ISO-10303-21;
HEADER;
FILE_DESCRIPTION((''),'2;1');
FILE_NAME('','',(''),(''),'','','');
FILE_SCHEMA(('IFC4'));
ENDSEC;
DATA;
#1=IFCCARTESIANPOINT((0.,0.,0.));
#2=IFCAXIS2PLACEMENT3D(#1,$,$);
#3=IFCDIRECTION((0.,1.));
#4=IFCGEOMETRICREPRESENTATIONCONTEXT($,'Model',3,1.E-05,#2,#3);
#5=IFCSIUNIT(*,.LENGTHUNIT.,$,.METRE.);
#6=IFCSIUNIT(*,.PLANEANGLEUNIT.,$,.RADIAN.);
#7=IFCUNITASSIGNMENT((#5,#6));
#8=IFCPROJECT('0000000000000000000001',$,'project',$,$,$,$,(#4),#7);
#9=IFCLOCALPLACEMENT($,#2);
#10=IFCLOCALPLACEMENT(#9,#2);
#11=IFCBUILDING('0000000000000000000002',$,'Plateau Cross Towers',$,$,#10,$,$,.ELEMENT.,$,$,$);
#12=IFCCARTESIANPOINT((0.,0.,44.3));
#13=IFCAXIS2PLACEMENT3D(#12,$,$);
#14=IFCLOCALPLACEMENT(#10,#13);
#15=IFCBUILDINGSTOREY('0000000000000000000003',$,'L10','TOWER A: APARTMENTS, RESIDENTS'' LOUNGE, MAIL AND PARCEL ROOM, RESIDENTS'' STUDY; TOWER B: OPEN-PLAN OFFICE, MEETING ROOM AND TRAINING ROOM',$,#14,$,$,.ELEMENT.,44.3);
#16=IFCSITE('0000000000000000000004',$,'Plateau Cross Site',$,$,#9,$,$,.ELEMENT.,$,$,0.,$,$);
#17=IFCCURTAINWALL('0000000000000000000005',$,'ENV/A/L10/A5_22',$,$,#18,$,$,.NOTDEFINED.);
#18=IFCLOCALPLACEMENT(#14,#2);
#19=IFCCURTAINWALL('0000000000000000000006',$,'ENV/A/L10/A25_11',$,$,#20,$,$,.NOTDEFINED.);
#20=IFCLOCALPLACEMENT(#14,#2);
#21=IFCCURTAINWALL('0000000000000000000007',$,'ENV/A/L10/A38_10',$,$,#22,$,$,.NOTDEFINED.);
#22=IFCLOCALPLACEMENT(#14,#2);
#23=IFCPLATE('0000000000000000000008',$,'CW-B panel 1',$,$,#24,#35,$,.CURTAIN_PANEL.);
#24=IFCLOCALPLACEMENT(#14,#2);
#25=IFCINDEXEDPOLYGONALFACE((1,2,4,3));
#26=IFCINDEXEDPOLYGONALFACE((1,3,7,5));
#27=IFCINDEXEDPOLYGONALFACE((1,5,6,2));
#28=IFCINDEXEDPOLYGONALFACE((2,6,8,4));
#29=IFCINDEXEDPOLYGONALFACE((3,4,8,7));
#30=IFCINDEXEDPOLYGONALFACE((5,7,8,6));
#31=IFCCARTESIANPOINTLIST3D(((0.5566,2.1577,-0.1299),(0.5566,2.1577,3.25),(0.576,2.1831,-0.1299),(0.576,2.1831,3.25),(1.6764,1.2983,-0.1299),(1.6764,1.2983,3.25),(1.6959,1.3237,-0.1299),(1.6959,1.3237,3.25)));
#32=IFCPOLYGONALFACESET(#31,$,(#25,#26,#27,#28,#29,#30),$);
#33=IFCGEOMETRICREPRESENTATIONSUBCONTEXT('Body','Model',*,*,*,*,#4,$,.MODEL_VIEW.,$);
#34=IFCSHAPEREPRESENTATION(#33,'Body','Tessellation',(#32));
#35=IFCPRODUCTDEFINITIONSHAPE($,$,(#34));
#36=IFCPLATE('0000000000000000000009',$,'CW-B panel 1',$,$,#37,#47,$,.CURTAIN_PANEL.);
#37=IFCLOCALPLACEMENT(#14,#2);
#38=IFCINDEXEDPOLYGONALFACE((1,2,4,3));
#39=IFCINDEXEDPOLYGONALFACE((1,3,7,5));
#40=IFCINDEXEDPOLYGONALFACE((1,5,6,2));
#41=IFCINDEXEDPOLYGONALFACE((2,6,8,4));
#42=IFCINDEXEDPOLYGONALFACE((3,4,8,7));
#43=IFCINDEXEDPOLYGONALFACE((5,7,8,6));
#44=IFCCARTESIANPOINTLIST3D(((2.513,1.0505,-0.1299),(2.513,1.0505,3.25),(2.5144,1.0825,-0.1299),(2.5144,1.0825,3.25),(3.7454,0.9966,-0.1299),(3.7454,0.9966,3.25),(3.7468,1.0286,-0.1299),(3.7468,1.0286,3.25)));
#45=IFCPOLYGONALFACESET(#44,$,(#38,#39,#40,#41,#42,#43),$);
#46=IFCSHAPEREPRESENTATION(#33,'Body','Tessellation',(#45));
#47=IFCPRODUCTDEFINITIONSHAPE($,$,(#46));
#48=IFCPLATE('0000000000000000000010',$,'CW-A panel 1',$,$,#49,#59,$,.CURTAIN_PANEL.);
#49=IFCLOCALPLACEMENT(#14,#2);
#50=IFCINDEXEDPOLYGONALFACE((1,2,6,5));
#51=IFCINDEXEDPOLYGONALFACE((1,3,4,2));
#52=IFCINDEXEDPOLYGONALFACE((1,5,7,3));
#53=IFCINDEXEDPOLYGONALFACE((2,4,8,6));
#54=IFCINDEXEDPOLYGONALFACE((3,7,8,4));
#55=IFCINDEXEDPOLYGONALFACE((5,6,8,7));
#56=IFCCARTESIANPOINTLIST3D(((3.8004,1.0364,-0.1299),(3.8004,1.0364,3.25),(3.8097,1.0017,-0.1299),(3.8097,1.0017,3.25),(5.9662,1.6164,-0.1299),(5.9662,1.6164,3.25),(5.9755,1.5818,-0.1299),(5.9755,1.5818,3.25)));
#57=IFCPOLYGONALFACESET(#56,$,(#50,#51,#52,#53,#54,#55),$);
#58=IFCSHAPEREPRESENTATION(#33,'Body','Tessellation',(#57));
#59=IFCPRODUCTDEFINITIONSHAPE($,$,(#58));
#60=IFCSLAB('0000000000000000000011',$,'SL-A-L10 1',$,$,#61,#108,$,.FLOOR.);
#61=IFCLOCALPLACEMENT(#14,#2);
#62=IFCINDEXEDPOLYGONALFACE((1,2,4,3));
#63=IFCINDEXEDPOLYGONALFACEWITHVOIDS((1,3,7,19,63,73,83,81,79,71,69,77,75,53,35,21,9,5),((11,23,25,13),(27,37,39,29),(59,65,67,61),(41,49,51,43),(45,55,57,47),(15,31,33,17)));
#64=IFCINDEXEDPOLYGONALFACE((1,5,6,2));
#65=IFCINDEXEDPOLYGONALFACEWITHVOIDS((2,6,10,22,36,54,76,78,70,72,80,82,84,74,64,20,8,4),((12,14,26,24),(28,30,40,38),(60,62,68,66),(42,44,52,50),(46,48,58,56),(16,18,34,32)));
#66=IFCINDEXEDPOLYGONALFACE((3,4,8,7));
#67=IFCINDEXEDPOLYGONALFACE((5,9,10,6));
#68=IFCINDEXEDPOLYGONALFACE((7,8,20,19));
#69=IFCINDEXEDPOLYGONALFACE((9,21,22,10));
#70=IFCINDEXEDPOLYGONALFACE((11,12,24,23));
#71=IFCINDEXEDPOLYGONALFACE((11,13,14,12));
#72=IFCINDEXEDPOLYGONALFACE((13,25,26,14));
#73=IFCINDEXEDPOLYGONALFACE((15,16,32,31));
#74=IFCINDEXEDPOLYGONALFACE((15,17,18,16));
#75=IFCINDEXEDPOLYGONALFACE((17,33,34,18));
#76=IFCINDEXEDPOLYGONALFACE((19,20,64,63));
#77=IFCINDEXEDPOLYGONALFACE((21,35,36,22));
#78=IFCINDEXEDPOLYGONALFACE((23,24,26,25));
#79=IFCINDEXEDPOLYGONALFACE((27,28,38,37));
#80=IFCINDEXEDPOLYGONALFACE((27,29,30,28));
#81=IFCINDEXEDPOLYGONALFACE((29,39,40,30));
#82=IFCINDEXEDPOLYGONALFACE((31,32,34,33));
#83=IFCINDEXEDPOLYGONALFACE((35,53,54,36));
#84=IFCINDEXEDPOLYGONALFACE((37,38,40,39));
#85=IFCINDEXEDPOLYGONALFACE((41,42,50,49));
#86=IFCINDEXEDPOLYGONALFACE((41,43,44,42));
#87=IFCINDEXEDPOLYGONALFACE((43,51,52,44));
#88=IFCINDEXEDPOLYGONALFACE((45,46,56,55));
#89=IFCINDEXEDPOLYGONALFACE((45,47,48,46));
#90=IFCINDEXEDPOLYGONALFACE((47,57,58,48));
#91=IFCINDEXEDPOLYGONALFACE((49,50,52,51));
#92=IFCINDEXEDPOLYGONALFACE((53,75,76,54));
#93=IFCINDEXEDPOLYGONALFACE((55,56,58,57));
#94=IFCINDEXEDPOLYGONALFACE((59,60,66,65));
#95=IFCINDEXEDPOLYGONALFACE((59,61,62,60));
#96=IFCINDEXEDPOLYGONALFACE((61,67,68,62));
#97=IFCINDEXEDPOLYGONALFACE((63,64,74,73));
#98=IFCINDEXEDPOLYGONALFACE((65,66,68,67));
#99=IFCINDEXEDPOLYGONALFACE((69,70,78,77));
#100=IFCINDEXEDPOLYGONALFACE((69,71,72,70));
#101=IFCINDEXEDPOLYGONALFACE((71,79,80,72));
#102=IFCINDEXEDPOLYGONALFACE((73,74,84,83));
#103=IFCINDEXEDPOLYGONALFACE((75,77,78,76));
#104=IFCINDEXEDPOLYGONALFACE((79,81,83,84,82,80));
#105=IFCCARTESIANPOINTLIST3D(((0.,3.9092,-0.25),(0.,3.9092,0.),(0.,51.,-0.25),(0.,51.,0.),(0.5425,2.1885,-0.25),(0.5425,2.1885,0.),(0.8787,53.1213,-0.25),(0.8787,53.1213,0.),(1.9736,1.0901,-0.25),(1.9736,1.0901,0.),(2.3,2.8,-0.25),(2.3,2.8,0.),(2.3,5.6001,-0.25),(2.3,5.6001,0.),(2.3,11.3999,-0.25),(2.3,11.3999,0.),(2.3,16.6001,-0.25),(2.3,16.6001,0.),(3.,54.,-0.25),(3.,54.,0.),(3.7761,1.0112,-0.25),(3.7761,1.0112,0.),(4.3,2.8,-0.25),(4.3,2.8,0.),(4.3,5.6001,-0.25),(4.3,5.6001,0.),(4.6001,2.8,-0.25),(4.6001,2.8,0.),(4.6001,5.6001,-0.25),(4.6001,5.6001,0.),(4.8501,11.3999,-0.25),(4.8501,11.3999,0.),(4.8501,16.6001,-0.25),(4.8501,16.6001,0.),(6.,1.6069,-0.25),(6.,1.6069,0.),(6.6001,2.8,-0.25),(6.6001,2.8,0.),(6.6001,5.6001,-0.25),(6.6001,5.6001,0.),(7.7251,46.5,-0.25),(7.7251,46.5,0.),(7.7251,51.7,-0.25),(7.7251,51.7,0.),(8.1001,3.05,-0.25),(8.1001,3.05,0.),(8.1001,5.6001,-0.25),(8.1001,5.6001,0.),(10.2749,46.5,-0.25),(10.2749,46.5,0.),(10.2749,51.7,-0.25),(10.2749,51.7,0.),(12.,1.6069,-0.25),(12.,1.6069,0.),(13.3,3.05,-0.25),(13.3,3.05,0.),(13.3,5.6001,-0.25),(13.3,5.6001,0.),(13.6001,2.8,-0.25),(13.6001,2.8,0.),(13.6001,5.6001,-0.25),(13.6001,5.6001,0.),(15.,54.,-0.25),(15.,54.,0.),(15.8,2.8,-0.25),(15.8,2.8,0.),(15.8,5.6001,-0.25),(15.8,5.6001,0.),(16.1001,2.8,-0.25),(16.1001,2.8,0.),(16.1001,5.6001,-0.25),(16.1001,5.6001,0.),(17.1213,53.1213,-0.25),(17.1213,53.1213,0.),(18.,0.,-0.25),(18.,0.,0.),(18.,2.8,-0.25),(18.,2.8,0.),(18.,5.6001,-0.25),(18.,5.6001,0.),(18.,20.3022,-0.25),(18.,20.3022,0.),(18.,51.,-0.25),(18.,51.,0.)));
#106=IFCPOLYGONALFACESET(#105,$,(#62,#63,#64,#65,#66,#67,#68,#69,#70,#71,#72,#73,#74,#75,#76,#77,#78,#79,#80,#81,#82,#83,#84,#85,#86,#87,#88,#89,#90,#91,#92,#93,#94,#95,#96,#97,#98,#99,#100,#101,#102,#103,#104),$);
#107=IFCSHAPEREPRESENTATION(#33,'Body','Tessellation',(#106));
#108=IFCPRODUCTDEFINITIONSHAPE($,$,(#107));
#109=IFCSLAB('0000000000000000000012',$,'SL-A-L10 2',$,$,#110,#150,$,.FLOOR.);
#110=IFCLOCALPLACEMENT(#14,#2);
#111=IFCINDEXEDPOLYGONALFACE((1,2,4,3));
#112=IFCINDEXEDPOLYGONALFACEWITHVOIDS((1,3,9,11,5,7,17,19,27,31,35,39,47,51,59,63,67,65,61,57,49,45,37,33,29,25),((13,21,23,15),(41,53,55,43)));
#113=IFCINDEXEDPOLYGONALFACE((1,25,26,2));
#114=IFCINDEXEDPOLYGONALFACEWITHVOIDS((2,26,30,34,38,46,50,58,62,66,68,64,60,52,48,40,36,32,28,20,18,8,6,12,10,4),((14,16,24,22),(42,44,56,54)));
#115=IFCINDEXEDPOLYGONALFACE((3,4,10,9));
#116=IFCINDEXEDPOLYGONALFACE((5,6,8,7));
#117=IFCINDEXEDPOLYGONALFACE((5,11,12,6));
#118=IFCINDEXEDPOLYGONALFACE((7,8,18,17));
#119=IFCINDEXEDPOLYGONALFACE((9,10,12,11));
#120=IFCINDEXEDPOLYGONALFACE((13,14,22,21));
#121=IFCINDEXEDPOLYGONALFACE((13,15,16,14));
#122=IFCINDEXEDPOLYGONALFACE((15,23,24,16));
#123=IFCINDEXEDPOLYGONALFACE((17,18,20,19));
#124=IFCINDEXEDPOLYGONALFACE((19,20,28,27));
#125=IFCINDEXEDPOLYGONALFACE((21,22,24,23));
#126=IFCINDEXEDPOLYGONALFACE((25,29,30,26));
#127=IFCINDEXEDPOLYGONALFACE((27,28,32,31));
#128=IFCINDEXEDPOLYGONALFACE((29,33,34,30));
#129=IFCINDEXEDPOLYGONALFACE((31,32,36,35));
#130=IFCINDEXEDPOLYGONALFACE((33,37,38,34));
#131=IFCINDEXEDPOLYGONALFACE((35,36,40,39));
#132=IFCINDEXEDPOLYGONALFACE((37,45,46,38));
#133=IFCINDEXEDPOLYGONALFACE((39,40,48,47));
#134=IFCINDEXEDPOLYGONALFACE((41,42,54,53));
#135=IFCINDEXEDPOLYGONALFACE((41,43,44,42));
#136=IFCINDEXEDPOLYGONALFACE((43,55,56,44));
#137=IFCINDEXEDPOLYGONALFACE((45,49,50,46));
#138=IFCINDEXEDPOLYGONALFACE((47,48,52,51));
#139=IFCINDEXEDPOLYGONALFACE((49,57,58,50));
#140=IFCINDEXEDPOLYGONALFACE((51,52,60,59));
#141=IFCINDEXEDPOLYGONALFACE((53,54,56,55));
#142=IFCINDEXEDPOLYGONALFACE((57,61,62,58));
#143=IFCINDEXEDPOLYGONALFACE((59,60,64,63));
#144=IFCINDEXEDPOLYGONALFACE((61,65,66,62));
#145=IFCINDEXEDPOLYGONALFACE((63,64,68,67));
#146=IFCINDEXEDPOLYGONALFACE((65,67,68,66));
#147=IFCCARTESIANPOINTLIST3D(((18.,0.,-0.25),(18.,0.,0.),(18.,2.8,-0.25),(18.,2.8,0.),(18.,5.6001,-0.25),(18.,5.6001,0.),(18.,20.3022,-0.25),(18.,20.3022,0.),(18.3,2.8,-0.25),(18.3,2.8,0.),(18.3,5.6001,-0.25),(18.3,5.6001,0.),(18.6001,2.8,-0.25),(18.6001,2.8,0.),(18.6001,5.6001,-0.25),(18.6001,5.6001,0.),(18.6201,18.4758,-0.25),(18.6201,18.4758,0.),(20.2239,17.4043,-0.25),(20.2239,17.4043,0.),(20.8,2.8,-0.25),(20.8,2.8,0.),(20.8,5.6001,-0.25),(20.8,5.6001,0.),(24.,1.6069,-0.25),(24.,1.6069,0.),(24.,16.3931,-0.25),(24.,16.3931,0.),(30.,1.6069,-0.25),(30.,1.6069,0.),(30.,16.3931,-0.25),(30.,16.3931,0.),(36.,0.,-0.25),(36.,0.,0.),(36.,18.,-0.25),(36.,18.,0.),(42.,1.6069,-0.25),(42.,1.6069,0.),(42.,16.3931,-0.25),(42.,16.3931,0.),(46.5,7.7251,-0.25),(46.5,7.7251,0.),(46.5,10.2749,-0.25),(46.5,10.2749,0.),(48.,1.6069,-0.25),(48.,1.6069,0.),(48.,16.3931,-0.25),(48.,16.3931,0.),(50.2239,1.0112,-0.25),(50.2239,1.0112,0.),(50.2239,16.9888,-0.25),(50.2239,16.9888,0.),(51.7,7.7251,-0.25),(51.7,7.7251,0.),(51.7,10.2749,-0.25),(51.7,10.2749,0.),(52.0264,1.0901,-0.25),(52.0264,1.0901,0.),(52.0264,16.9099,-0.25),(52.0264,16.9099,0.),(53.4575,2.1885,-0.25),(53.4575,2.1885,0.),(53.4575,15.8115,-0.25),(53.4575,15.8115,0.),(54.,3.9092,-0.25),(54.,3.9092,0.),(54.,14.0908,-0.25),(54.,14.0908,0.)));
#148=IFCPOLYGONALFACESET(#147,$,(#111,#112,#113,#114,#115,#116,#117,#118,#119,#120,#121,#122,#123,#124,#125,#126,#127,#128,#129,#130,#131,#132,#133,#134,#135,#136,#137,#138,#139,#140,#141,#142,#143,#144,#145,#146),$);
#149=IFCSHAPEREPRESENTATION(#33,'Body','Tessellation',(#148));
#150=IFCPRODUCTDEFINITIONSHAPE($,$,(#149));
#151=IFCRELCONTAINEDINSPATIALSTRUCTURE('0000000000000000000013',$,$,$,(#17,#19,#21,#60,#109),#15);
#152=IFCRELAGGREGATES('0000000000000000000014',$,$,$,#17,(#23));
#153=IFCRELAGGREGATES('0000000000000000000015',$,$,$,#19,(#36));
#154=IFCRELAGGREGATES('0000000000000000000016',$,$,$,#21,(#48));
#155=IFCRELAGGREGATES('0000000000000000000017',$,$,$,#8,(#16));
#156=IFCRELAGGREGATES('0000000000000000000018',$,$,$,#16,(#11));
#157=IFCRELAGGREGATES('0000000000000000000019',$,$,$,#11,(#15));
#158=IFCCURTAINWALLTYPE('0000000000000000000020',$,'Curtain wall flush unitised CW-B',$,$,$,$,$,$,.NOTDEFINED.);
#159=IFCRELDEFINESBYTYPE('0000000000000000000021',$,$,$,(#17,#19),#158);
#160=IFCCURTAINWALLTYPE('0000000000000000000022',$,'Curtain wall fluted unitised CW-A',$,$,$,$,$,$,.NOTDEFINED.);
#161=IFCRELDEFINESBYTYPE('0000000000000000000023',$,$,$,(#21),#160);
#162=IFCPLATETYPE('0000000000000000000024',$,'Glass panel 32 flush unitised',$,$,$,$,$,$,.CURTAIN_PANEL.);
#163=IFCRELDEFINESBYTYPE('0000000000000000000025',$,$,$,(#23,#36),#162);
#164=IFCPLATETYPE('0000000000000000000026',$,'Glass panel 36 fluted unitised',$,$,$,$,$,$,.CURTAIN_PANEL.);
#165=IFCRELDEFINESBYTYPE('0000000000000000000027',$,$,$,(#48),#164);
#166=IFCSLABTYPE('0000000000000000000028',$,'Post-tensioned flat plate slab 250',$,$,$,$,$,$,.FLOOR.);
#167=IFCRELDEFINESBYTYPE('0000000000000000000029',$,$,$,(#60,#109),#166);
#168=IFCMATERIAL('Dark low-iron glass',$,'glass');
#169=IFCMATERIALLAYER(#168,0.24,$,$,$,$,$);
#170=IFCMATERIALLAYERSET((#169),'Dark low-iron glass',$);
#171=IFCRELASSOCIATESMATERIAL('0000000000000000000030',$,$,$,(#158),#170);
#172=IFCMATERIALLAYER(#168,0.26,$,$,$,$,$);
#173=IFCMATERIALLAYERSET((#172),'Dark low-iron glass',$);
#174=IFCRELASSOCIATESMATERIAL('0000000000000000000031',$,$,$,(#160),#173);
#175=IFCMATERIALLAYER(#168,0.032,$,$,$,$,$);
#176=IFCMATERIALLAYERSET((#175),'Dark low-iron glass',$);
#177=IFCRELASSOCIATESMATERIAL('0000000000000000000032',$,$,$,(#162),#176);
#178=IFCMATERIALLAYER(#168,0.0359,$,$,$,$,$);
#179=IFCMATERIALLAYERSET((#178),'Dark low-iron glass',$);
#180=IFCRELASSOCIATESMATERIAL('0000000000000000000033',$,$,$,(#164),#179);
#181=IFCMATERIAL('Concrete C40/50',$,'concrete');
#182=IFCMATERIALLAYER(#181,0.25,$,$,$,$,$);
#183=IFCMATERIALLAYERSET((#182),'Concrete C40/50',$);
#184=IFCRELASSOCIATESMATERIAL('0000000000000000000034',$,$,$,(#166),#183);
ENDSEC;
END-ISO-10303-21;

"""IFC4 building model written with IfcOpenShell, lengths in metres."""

from ifc_helpers import new_model, si_unit, direction, frame, origin, origin_2d, place, context, subcontext, project, spatial, polyline, rectangle, outline, extrude, material, layer, layer_set, type_object, element, aggregate, save


model = new_model("IFC4")

# Units and contexts
model_context = context("Model", 3, precision=1e-05, world=origin(), true_north=direction((0.0, 1.0)))
body_context = subcontext(model_context, "Body", "Model", "MODEL_VIEW")
ifc_project = project(units=[si_unit("LENGTHUNIT", "METRE"), si_unit("PLANEANGLEUNIT", "RADIAN")], contexts=[model_context])

# Site, building, storey
site_placement = place(None, origin())
site = spatial("IfcSite", under=ifc_project, at=site_placement, Name="Plateau Cross Site", CompositionType="ELEMENT", RefElevation=0.0)
building_placement = place(site_placement, origin())
building = spatial("IfcBuilding", under=site, at=building_placement, Name="Plateau Cross Towers", CompositionType="ELEMENT")
storey_placement = place(building_placement, frame((0.0, 0.0, 44.3)))
storey = spatial("IfcBuildingStorey", under=building, at=storey_placement, Name="L10", Description="TOWER A: APARTMENTS, RESIDENTS' LOUNGE, MAIL AND PARCEL ROOM, RESIDENTS' STUDY; TOWER B: OPEN-PLAN OFFICE, MEETING ROOM AND TRAINING ROOM", CompositionType="ELEMENT", Elevation=44.3)

# Curtain wall
ifc_material_1 = material(Name="Dark low-iron glass", Category="glass")
ifc_layer_1 = layer(ifc_material_1, 0.24)
ifc_layer_set_1 = layer_set([ifc_layer_1], Name="Dark low-iron glass")
curtain_wall_type_1 = type_object("IfcCurtainWallType", Name="Curtain wall flush unitised CW-B", PredefinedType="NOTDEFINED", material=ifc_layer_set_1)
curtain_wall_1_placement = place(storey_placement, origin())
curtain_wall_1 = element("IfcCurtainWall", 1, at=curtain_wall_1_placement, inside=storey, type_object=curtain_wall_type_1, Name="ENV/A/L10/A5_22", PredefinedType="NOTDEFINED")

# Curtain walls
curtain_wall_2_placement = place(storey_placement, origin())
curtain_wall_2 = element("IfcCurtainWall", 2, at=curtain_wall_2_placement, inside=storey, type_object=curtain_wall_type_1, Name="ENV/A/L10/A25_11", PredefinedType="NOTDEFINED")
ifc_layer_2 = layer(ifc_material_1, 0.26)
ifc_layer_set_2 = layer_set([ifc_layer_2], Name="Dark low-iron glass")
curtain_wall_type_2 = type_object("IfcCurtainWallType", Name="Curtain wall fluted unitised CW-A", PredefinedType="NOTDEFINED", material=ifc_layer_set_2)
curtain_wall_3_placement = place(storey_placement, origin())
curtain_wall_3 = element("IfcCurtainWall", 3, at=curtain_wall_3_placement, inside=storey, type_object=curtain_wall_type_2, Name="ENV/A/L10/A38_10", PredefinedType="NOTDEFINED")

# Shared definitions
ifc_material_2 = material(Name="Concrete C40/50", Category="concrete")

# Plates
ifc_layer_3 = layer(ifc_material_1, 0.032)
ifc_layer_set_3 = layer_set([ifc_layer_3], Name="Dark low-iron glass")
plate_type_1 = type_object("IfcPlateType", Name="Glass panel 32 flush unitised", PredefinedType="CURTAIN_PANEL", material=ifc_layer_set_3)
plate_1_placement = place(storey_placement, frame((1.1262, 1.7407, -0.1299), z_axis=(0.0, 0.0, 1.0), x_axis=(0.793316, -0.608811, 0.0)))
plate_1 = element("IfcPlate", 4, at=plate_1_placement, type_object=plate_type_1, Name="CW-B panel 1", PredefinedType="CURTAIN_PANEL", context=body_context, shape_type="SweptSolid", body=[
    extrude(rectangle(XDim=1.4116, YDim=0.032, at=origin_2d()), origin(), (0.0, 0.0, 1.0), 3.3799),
])
aggregate(curtain_wall_1, [plate_1])
plate_2_placement = place(storey_placement, frame((3.1299, 1.0396, -0.1299), z_axis=(0.0, 0.0, 1.0), x_axis=(0.999044, -0.043723, 0.0)))
plate_2 = element("IfcPlate", 5, at=plate_2_placement, type_object=plate_type_1, Name="CW-B panel 1", PredefinedType="CURTAIN_PANEL", context=body_context, shape_type="SweptSolid", body=[
    extrude(rectangle(XDim=1.2336, YDim=0.032, at=origin_2d()), origin(), (0.0, 0.0, 1.0), 3.3799),
])
aggregate(curtain_wall_2, [plate_2])
ifc_layer_4 = layer(ifc_material_1, 0.0359)
ifc_layer_set_4 = layer_set([ifc_layer_4], Name="Dark low-iron glass")
plate_type_2 = type_object("IfcPlateType", Name="Glass panel 36 fluted unitised", PredefinedType="CURTAIN_PANEL", material=ifc_layer_set_4)
plate_3_placement = place(storey_placement, frame((4.8879, 1.3091, -0.1299), z_axis=(0.0, 0.0, 1.0), x_axis=(0.965958, 0.258699, 0.0)))
plate_3 = element("IfcPlate", 6, at=plate_3_placement, type_object=plate_type_2, Name="CW-A panel 1", PredefinedType="CURTAIN_PANEL", context=body_context, shape_type="SweptSolid", body=[
    extrude(rectangle(XDim=2.2422, YDim=0.0359, at=origin_2d()), origin(), (0.0, 0.0, 1.0), 3.3799),
])
aggregate(curtain_wall_3, [plate_3])

# Slabs
ifc_layer_5 = layer(ifc_material_2, 0.25)
ifc_layer_set_5 = layer_set([ifc_layer_5], Name="Concrete C40/50")
slab_type_1 = type_object("IfcSlabType", Name="Post-tensioned flat plate slab 250", PredefinedType="FLOOR", material=ifc_layer_set_5)
slab_1_placement = place(storey_placement, frame((0.0, 0.0, -0.25)))
element("IfcSlab", 7, at=slab_1_placement, inside=storey, type_object=slab_type_1, Name="SL-A-L10 1", PredefinedType="FLOOR", context=body_context, shape_type="SweptSolid", body=[
    extrude(outline(polyline([(0.5425, 2.1885), (0.0, 3.9092), (0.0, 51.0), (0.8787, 53.1213), (3.0, 54.0), (15.0, 54.0), (17.1213, 53.1213), (18.0, 51.0), (18.0, 20.3022), (18.0, 5.6001), (16.1001, 5.6001), (16.1001, 2.8), (18.0, 2.8), (18.0, 0.0), (12.0, 1.6069), (6.0, 1.6069), (3.7761, 1.0112), (1.9736, 1.0901), (0.5425, 2.1885)]), holes=[polyline([(4.3, 5.6001), (2.3, 5.6001), (2.3, 2.8), (4.3, 2.8), (4.3, 5.6001)]), polyline([(6.6001, 5.6001), (4.6001, 5.6001), (4.6001, 2.8), (6.6001, 2.8), (6.6001, 5.6001)]), polyline([(15.8, 5.6001), (13.6001, 5.6001), (13.6001, 2.8), (15.8, 2.8), (15.8, 5.6001)]), polyline([(13.3, 5.6001), (8.1001, 5.6001), (8.1001, 3.05), (13.3, 3.05), (13.3, 5.6001)]), polyline([(4.8501, 16.6001), (2.3, 16.6001), (2.3, 11.3999), (4.8501, 11.3999), (4.8501, 16.6001)]), polyline([(7.7251, 51.7), (7.7251, 46.5), (10.2749, 46.5), (10.2749, 51.7), (7.7251, 51.7)])]), origin(), (0.0, 0.0, 1.0), 0.25),
])
slab_2_placement = place(storey_placement, frame((0.0, 0.0, -0.25)))
element("IfcSlab", 8, at=slab_2_placement, inside=storey, type_object=slab_type_1, Name="SL-A-L10 2", PredefinedType="FLOOR", context=body_context, shape_type="SweptSolid", body=[
    extrude(outline(polyline([(18.6201, 18.4758), (20.2239, 17.4043), (24.0, 16.3931), (30.0, 16.3931), (36.0, 18.0), (42.0, 16.3931), (48.0, 16.3931), (50.2239, 16.9888), (52.0264, 16.9099), (53.4575, 15.8115), (54.0, 14.0908), (54.0, 3.9092), (53.4575, 2.1885), (52.0264, 1.0901), (50.2239, 1.0112), (48.0, 1.6069), (42.0, 1.6069), (36.0, 0.0), (30.0, 1.6069), (24.0, 1.6069), (18.0, 0.0), (18.0, 2.8), (18.3, 2.8), (18.3, 5.6001), (18.0, 5.6001), (18.0, 20.3022), (18.6201, 18.4758)]), holes=[polyline([(20.8, 5.6001), (18.6001, 5.6001), (18.6001, 2.8), (20.8, 2.8), (20.8, 5.6001)]), polyline([(51.7, 7.7251), (51.7, 10.2749), (46.5, 10.2749), (46.5, 7.7251), (51.7, 7.7251)])]), origin(), (0.0, 0.0, 1.0), 0.25),
])

save(model, "model.ifc")
